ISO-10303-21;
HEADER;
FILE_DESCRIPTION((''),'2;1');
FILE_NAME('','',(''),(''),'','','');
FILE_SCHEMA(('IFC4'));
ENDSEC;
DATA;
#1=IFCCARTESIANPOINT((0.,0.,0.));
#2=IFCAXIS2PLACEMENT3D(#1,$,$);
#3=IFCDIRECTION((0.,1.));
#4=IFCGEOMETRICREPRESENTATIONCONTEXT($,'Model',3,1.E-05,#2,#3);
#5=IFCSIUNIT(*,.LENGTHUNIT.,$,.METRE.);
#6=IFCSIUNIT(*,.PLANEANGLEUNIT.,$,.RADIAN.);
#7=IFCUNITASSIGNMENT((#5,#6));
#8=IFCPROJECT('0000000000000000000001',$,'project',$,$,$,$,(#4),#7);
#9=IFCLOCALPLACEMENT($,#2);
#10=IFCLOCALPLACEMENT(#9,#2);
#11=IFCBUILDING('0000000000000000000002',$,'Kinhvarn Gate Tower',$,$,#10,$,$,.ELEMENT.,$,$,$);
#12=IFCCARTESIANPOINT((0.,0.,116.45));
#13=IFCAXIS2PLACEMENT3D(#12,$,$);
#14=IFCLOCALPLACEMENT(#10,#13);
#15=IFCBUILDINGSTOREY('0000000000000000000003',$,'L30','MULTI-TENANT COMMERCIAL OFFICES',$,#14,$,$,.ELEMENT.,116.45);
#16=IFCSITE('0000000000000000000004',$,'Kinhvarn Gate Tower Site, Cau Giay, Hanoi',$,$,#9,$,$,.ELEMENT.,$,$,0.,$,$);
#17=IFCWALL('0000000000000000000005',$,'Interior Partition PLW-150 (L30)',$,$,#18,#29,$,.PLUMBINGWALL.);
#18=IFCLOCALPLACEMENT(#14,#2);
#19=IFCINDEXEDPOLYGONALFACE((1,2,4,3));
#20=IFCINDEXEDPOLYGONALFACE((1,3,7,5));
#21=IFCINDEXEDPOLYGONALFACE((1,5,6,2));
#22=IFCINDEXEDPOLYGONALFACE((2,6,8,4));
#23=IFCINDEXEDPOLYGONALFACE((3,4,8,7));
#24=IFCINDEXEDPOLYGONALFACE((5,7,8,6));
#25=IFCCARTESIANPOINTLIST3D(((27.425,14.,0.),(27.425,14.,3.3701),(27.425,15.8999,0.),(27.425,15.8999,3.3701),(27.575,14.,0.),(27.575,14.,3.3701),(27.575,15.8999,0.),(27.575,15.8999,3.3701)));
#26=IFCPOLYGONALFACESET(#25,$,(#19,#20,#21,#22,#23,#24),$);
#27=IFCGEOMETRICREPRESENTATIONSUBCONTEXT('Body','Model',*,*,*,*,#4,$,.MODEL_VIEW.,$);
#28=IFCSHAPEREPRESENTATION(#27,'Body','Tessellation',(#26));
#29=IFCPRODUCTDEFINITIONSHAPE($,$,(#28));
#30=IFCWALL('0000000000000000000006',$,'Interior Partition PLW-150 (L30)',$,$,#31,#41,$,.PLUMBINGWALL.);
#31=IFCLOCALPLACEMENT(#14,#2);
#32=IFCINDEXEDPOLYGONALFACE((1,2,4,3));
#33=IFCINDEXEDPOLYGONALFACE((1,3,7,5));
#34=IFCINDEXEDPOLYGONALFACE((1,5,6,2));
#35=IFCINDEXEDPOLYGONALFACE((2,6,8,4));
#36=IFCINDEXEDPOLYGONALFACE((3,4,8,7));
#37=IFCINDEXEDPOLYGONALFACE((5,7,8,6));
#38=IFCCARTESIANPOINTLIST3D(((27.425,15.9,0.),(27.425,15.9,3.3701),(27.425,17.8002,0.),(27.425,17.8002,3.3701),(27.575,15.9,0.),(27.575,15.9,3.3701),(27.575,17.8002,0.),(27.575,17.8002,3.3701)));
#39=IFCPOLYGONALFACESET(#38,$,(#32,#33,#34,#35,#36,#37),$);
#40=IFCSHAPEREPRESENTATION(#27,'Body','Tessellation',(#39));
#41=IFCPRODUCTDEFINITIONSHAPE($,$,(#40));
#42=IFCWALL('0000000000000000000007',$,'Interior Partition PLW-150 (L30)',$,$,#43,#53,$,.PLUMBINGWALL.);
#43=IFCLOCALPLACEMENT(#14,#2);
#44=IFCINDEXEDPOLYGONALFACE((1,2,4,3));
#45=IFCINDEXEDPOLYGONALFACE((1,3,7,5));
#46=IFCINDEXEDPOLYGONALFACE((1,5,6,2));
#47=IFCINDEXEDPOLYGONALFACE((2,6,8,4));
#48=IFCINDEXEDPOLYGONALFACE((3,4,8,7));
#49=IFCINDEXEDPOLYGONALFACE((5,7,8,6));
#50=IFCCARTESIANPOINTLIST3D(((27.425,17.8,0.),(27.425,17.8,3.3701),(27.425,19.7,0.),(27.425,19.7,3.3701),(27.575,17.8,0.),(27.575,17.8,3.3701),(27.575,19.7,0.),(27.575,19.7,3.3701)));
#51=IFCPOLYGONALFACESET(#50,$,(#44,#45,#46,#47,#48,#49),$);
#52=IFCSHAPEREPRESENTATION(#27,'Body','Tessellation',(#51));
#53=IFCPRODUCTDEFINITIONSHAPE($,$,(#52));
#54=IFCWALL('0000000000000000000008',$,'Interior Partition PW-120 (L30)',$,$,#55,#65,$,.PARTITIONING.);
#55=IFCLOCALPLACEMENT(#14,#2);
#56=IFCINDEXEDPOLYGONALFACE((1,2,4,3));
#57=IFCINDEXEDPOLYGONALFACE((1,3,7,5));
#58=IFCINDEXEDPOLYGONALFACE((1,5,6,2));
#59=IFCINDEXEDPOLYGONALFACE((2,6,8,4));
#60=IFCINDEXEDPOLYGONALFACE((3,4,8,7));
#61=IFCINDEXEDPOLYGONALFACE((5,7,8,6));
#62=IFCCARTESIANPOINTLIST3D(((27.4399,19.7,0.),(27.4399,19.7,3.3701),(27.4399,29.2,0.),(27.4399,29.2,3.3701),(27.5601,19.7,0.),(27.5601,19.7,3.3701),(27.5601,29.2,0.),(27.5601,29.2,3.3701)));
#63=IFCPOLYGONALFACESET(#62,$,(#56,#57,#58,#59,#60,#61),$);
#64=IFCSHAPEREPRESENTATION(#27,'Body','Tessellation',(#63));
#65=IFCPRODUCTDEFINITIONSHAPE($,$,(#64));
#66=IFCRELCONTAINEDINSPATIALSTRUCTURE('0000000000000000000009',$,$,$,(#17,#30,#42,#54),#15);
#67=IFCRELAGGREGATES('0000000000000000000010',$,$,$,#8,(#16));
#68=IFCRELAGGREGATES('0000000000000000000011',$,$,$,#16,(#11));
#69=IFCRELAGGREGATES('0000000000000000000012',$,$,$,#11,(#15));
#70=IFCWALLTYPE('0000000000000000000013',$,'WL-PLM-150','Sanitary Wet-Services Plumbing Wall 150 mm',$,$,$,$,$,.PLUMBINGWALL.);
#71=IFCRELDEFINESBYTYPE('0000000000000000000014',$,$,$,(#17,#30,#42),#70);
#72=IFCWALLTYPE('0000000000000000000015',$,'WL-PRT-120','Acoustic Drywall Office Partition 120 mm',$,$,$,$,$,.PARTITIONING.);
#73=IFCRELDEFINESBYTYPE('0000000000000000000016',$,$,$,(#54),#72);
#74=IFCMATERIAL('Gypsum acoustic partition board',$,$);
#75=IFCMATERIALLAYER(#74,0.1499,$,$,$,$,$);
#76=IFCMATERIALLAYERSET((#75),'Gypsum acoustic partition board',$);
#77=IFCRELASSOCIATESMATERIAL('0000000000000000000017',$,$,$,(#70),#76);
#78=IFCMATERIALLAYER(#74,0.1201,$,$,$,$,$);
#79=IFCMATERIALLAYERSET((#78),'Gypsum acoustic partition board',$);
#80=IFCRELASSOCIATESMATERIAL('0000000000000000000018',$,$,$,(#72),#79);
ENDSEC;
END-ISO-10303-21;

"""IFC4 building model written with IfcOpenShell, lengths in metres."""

from ifc_helpers import new_model, si_unit, direction, frame, frame_2d, origin, place, context, subcontext, project, spatial, rectangle, extrude, material, layer, layer_set, type_object, element, save


model = new_model("IFC4")

# Units and contexts
model_context = context("Model", 3, precision=1e-05, world=origin(), true_north=direction((0.0, 1.0)))
body_context = subcontext(model_context, "Body", "Model", "MODEL_VIEW")
ifc_project = project(units=[si_unit("LENGTHUNIT", "METRE"), si_unit("PLANEANGLEUNIT", "RADIAN")], contexts=[model_context])

# Site, building, storey
site_placement = place(None, origin())
site = spatial("IfcSite", under=ifc_project, at=site_placement, Name="Kinhvarn Gate Tower Site, Cau Giay, Hanoi", CompositionType="ELEMENT", RefElevation=0.0)
building_placement = place(site_placement, origin())
building = spatial("IfcBuilding", under=site, at=building_placement, Name="Kinhvarn Gate Tower", CompositionType="ELEMENT")
storey_placement = place(building_placement, frame((0.0, 0.0, 116.45)))
storey = spatial("IfcBuildingStorey", under=building, at=storey_placement, Name="L30", Description="MULTI-TENANT COMMERCIAL OFFICES", CompositionType="ELEMENT", Elevation=116.45)

# Walls
ifc_material_1 = material(Name="Gypsum acoustic partition board")
ifc_layer_1 = layer(ifc_material_1, 0.1499)
ifc_layer_set_1 = layer_set([ifc_layer_1], Name="Gypsum acoustic partition board")
wall_type_1 = type_object("IfcWallType", Name="WL-PLM-150", Description="Sanitary Wet-Services Plumbing Wall 150 mm", PredefinedType="PLUMBINGWALL", material=ifc_layer_set_1)
wall_1_placement = place(storey_placement, frame((27.5, 14.0, 0.0), z_axis=(0.0, 0.0, 1.0), x_axis=(0.0, 1.0, 0.0)))
element("IfcWall", 1, at=wall_1_placement, inside=storey, type_object=wall_type_1, Name="Interior Partition PLW-150 (L30)", PredefinedType="PLUMBINGWALL", context=body_context, shape_type="SweptSolid", body=[
    extrude(rectangle(XDim=1.8999, YDim=0.1499, at=frame_2d((0.95, 0.0))), origin(), (0.0, 0.0, 1.0), 3.3701),
])
wall_2_placement = place(storey_placement, frame((27.5, 15.8999, 0.0), z_axis=(0.0, 0.0, 1.0), x_axis=(0.0, 1.0, 0.0)))
element("IfcWall", 2, at=wall_2_placement, inside=storey, type_object=wall_type_1, Name="Interior Partition PLW-150 (L30)", PredefinedType="PLUMBINGWALL", context=body_context, shape_type="SweptSolid", body=[
    extrude(rectangle(XDim=1.9001, YDim=0.1499, at=frame_2d((0.9502, 0.0))), origin(), (0.0, 0.0, 1.0), 3.3701),
])
wall_3_placement = place(storey_placement, frame((27.5, 17.8, 0.0), z_axis=(0.0, 0.0, 1.0), x_axis=(0.0, 1.0, 0.0)))
element("IfcWall", 3, at=wall_3_placement, inside=storey, type_object=wall_type_1, Name="Interior Partition PLW-150 (L30)", PredefinedType="PLUMBINGWALL", context=body_context, shape_type="SweptSolid", body=[
    extrude(rectangle(XDim=1.8999, YDim=0.1499, at=frame_2d((0.95, 0.0))), origin(), (0.0, 0.0, 1.0), 3.3701),
])
ifc_layer_2 = layer(ifc_material_1, 0.1201)
ifc_layer_set_2 = layer_set([ifc_layer_2], Name="Gypsum acoustic partition board")
wall_type_2 = type_object("IfcWallType", Name="WL-PRT-120", Description="Acoustic Drywall Office Partition 120 mm", PredefinedType="PARTITIONING", material=ifc_layer_set_2)
wall_4_placement = place(storey_placement, frame((27.5, 19.7, 0.0), z_axis=(0.0, 0.0, 1.0), x_axis=(0.0, 1.0, 0.0)))
element("IfcWall", 4, at=wall_4_placement, inside=storey, type_object=wall_type_2, Name="Interior Partition PW-120 (L30)", PredefinedType="PARTITIONING", context=body_context, shape_type="SweptSolid", body=[
    extrude(rectangle(XDim=9.5, YDim=0.1201, at=frame_2d((4.75, 0.0))), origin(), (0.0, 0.0, 1.0), 3.3701),
])

save(model, "model.ifc")
